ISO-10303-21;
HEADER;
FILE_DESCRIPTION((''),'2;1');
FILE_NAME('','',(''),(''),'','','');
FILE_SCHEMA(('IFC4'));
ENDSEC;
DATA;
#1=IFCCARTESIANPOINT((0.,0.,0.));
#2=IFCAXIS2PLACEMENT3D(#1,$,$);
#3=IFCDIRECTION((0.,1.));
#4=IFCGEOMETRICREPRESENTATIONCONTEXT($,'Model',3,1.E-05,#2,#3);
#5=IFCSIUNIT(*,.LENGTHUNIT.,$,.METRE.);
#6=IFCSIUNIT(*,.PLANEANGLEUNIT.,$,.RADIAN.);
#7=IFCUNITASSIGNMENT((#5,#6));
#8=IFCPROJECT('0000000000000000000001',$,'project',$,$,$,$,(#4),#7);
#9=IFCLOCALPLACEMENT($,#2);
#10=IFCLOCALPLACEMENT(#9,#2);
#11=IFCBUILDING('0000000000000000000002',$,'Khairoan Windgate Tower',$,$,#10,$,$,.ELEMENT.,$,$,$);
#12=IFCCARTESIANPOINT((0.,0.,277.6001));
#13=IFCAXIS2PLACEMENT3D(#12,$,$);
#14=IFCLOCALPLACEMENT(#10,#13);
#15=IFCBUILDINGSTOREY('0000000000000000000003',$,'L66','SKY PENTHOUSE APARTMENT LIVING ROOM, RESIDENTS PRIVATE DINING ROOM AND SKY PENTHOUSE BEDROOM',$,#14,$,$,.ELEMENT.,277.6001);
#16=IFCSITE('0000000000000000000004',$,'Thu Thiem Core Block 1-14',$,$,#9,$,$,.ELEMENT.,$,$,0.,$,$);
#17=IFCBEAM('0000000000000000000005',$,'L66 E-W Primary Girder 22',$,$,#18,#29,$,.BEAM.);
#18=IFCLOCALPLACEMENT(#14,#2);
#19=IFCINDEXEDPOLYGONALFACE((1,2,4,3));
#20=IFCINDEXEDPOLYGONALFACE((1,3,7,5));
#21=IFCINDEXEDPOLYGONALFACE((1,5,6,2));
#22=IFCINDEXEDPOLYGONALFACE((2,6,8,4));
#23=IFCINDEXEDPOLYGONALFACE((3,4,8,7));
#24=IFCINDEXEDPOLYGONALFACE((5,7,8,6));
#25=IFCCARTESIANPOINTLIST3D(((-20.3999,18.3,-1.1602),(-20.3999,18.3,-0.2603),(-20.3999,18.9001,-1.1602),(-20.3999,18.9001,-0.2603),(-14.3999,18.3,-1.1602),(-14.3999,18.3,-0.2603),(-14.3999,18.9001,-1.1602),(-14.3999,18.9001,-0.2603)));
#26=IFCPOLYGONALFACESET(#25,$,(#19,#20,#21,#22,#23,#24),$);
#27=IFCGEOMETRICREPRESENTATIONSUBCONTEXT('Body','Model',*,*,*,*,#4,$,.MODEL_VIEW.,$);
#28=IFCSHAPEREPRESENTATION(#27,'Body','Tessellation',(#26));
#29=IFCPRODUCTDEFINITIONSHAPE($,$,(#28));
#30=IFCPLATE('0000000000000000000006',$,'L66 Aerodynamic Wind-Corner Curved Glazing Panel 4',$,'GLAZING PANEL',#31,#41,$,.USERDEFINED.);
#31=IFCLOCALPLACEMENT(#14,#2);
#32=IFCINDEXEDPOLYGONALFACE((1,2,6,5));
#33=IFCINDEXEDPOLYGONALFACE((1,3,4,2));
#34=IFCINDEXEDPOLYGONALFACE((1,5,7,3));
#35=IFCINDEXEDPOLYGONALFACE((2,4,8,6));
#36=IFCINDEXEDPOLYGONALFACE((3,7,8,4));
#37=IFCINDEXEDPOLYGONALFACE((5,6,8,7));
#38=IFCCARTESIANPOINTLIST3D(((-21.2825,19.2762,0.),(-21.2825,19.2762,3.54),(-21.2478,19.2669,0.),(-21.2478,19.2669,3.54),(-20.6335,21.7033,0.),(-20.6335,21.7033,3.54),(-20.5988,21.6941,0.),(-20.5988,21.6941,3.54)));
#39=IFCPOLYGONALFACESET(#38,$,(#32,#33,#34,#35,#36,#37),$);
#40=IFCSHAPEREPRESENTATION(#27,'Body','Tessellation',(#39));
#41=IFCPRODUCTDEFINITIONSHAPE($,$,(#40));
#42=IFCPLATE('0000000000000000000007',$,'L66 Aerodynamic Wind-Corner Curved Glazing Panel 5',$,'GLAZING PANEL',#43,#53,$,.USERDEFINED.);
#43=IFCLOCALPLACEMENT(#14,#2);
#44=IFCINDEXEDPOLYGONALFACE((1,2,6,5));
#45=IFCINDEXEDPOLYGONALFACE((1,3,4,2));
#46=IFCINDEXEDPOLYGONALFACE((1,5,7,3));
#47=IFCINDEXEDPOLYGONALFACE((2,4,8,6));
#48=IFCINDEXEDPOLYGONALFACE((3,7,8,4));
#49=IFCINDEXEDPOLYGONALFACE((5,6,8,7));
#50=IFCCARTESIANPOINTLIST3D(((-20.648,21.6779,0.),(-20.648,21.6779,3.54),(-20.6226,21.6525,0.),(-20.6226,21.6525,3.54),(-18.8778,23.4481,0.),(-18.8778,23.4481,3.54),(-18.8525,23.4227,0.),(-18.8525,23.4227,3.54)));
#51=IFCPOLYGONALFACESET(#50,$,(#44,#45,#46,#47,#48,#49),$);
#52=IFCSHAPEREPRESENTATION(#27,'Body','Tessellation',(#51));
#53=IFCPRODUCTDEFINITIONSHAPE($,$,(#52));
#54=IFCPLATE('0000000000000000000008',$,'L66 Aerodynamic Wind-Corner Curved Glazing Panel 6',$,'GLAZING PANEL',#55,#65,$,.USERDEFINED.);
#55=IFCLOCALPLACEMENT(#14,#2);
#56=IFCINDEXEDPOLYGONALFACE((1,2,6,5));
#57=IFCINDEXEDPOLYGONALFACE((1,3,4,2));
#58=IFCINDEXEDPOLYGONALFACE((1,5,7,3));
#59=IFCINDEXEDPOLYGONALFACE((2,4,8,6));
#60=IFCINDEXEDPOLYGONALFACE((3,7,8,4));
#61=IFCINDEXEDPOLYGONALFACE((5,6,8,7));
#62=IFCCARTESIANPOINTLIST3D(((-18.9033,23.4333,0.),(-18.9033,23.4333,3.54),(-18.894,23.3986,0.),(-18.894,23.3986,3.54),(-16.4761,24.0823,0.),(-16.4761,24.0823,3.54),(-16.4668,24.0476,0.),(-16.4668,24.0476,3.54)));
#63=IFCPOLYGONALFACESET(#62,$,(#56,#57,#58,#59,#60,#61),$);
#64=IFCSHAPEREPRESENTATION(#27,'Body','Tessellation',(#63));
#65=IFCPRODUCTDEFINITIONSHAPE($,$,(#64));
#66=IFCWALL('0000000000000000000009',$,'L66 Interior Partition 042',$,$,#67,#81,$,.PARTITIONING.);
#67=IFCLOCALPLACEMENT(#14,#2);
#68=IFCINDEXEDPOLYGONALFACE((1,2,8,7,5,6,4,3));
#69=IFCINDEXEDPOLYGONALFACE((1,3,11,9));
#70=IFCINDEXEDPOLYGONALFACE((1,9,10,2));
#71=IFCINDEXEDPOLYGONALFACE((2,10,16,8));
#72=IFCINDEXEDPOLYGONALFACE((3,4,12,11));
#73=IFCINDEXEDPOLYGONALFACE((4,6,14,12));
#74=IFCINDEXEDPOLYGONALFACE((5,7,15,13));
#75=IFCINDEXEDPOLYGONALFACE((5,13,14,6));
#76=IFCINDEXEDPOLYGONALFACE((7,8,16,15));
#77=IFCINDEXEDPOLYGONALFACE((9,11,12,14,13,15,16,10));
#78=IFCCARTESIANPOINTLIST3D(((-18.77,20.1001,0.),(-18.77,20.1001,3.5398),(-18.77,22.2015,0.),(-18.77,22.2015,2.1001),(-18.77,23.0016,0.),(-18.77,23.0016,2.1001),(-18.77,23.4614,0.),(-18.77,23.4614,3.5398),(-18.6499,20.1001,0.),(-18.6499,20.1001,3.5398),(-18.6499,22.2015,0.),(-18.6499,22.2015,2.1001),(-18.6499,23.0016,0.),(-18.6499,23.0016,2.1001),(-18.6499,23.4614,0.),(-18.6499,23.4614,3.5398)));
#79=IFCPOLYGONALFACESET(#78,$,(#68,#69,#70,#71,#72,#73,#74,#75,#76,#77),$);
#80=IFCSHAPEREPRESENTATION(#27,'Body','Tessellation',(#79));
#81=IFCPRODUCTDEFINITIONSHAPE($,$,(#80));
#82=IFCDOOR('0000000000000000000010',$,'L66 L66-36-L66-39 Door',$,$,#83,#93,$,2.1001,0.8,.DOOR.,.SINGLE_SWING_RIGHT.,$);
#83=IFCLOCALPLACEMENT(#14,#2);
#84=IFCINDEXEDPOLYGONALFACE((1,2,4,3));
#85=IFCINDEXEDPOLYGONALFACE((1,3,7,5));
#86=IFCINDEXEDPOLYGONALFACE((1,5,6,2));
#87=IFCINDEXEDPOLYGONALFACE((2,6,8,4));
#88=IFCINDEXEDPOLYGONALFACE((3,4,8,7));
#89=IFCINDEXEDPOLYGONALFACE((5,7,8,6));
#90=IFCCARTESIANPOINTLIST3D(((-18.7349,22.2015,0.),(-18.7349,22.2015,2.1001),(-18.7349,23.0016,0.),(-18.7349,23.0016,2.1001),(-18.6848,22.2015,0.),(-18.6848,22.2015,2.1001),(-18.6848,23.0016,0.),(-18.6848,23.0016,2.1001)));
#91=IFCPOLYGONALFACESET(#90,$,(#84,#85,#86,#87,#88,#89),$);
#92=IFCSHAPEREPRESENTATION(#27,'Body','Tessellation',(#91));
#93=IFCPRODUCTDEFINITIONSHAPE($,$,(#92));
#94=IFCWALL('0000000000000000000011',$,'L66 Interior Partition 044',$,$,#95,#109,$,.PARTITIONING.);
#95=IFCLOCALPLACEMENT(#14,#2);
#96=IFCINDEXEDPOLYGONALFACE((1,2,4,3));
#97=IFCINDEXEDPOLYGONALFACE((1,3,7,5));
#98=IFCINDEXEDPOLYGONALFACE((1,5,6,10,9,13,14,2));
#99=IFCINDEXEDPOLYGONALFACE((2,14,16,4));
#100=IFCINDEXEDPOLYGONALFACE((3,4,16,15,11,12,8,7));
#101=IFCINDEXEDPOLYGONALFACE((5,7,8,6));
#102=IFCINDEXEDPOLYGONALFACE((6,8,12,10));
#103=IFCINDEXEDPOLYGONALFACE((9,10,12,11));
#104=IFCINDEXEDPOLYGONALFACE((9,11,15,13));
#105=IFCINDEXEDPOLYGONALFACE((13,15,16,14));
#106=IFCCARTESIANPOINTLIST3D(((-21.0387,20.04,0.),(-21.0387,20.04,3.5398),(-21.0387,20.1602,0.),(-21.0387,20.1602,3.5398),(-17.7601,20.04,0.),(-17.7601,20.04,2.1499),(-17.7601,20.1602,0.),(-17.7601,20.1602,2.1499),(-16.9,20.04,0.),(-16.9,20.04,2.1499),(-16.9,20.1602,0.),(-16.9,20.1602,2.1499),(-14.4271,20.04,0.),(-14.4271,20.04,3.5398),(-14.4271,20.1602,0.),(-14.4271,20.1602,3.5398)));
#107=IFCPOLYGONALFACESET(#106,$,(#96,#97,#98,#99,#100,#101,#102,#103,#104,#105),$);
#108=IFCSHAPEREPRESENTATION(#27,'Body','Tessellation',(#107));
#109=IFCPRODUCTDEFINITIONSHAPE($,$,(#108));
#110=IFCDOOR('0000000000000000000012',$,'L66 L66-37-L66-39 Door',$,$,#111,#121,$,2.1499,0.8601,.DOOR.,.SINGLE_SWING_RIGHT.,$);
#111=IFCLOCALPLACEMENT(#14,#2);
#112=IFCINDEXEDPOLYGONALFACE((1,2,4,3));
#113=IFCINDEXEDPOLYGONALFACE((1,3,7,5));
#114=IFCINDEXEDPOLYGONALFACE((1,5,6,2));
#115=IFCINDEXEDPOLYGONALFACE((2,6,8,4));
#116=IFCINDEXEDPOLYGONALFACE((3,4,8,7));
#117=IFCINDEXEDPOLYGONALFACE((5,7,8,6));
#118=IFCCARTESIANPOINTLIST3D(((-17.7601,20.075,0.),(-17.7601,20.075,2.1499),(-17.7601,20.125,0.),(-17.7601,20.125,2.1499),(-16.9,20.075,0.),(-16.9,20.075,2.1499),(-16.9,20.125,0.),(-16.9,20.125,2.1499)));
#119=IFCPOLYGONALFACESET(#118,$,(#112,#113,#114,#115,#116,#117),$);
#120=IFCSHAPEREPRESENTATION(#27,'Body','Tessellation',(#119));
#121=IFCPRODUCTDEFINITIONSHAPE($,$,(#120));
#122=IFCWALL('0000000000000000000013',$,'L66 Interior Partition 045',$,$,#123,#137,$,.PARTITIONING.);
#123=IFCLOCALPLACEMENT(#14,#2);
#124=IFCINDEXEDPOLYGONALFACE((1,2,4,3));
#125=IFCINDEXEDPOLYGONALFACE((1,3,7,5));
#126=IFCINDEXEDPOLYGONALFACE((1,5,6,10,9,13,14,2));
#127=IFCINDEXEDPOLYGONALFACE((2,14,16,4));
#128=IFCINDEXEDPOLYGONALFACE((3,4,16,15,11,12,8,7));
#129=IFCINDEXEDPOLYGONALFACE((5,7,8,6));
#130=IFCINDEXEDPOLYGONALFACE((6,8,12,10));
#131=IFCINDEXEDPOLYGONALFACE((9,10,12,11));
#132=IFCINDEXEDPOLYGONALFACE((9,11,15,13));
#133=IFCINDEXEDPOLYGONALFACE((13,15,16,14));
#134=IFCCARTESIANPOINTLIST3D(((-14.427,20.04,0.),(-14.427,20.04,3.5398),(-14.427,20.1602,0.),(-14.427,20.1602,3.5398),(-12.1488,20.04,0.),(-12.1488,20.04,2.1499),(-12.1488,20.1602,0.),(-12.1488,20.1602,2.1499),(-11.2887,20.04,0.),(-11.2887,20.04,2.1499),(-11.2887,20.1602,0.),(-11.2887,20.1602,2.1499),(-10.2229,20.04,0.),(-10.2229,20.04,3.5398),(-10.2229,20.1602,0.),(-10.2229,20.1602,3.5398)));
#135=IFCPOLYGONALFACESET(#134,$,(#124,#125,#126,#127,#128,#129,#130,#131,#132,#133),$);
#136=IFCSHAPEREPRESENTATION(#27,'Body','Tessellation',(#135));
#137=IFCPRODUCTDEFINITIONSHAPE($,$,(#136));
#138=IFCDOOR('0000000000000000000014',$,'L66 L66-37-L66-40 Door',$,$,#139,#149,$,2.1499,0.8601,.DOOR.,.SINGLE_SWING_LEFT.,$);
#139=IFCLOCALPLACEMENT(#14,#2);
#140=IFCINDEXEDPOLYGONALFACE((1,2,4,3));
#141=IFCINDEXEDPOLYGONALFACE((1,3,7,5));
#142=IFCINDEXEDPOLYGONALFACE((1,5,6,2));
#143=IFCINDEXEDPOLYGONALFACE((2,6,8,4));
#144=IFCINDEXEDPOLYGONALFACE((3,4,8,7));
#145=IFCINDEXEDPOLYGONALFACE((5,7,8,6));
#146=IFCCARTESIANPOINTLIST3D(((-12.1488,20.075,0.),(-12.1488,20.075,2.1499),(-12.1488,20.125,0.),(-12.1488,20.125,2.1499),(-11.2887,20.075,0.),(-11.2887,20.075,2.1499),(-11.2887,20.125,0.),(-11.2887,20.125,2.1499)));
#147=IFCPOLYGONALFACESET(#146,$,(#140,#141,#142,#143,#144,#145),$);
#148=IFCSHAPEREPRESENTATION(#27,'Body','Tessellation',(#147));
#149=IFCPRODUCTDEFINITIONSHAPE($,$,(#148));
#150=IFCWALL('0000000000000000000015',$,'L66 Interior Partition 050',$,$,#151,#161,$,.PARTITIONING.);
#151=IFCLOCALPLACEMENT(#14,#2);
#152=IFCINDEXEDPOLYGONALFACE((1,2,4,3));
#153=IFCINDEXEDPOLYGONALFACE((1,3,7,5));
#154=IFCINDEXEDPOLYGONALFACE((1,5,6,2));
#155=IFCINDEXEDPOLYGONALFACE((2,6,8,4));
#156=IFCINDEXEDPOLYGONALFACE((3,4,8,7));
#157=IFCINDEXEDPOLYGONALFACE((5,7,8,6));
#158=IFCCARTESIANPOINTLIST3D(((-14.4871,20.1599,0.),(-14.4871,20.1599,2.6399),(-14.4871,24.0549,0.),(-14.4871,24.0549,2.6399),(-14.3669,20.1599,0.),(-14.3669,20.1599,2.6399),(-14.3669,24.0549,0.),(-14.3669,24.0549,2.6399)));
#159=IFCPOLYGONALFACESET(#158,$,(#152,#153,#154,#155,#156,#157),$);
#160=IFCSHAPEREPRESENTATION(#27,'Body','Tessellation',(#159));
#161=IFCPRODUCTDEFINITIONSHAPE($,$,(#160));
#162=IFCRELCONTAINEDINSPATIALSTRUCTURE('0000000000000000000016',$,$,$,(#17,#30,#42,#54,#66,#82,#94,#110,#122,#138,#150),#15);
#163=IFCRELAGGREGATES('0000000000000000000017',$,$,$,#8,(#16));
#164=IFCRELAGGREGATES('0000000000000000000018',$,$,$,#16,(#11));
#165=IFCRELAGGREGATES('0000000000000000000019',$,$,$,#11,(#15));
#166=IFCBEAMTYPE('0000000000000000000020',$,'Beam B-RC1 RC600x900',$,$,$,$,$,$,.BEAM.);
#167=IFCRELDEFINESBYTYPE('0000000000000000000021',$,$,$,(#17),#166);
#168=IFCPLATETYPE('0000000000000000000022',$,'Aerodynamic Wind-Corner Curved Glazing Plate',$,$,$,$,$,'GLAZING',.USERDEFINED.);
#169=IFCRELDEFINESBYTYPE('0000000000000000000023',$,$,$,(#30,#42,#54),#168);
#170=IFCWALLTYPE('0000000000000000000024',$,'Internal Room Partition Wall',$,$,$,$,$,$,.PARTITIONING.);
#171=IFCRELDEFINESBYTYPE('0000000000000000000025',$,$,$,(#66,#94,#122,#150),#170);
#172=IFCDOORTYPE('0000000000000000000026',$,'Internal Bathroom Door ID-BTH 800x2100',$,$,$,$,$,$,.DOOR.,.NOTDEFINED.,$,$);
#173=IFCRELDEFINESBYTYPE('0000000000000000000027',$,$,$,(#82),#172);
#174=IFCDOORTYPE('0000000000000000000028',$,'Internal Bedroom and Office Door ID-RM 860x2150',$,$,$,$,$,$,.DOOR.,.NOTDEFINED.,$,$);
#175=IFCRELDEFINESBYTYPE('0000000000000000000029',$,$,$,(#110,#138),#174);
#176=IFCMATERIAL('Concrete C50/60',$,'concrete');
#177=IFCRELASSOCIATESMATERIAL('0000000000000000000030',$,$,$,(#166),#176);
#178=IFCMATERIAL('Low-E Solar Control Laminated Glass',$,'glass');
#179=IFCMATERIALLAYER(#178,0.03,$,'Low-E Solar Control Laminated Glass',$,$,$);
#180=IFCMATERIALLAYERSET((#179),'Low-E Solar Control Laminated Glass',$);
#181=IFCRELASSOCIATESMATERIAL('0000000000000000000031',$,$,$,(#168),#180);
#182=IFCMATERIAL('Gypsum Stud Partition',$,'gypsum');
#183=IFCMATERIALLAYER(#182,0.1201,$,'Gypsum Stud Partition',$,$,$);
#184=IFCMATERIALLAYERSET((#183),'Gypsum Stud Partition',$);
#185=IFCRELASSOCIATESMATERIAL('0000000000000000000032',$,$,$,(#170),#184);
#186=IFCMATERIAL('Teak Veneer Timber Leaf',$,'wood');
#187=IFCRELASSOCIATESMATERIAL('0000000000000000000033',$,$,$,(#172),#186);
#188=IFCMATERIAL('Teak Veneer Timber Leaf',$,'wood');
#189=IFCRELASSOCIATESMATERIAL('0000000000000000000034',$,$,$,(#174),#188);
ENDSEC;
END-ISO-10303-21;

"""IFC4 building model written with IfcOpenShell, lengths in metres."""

from ifc_helpers import new_model, si_unit, direction, frame, frame_2d, origin, origin_2d, place, context, subcontext, project, spatial, rectangle, extrude, material, layer, layer_set, material_profile, profile_set, type_object, element, fill, save


model = new_model("IFC4")

# Units and contexts
model_context = context("Model", 3, precision=1e-05, world=origin(), true_north=direction((0.0, 1.0)))
body_context = subcontext(model_context, "Body", "Model", "MODEL_VIEW")
ifc_project = project(units=[si_unit("LENGTHUNIT", "METRE"), si_unit("PLANEANGLEUNIT", "RADIAN")], contexts=[model_context])

# Site, building, storey
site_placement = place(None, origin())
site = spatial("IfcSite", under=ifc_project, at=site_placement, Name="Thu Thiem Core Block 1-14", CompositionType="ELEMENT", RefElevation=0.0)
building_placement = place(site_placement, origin())
building = spatial("IfcBuilding", under=site, at=building_placement, Name="Khairoan Windgate Tower", CompositionType="ELEMENT")
storey_placement = place(building_placement, frame((0.0, 0.0, 277.6001)))
storey = spatial("IfcBuildingStorey", under=building, at=storey_placement, Name="L66", Description="SKY PENTHOUSE APARTMENT LIVING ROOM, RESIDENTS PRIVATE DINING ROOM AND SKY PENTHOUSE BEDROOM", CompositionType="ELEMENT", Elevation=277.6001)

# Beam
ifc_material_1 = material(Name="Concrete C50/60", Category="concrete")
ifc_material_profile_1 = material_profile(ifc_material_1, rectangle(XDim=0.6001, YDim=0.8999, at=origin_2d()))
ifc_profile_set_1 = profile_set([ifc_material_profile_1], Name="Concrete C50/60")
beam_type = type_object("IfcBeamType", Name="Beam B-RC1 RC600x900", PredefinedType="BEAM", material=ifc_profile_set_1)
beam_placement = place(storey_placement, frame((-20.3999, 18.6001, -0.7102), z_axis=(1.0, 0.0, 0.0), x_axis=(0.0, 1.0, 0.0)))
element("IfcBeam", 1, at=beam_placement, inside=storey, type_object=beam_type, Name="L66 E-W Primary Girder 22", PredefinedType="BEAM", context=body_context, shape_type="SweptSolid", body=[
    extrude(rectangle(XDim=0.6001, YDim=0.8999, at=origin_2d()), origin(), (0.0, 0.0, 1.0), 6.0),
])

# Plates
ifc_material_2 = material(Name="Low-E Solar Control Laminated Glass", Category="glass")
ifc_layer_1 = layer(ifc_material_2, 0.03, Name="Low-E Solar Control Laminated Glass")
ifc_layer_set_1 = layer_set([ifc_layer_1], Name="Low-E Solar Control Laminated Glass")
plate_type_1 = type_object("IfcPlateType", Name="Aerodynamic Wind-Corner Curved Glazing Plate", ElementType="GLAZING", PredefinedType="USERDEFINED", material=ifc_layer_set_1)
plate_1_placement = place(storey_placement, frame((-20.9407, 20.4851, 0.0), z_axis=(0.0, 0.0, 1.0), x_axis=(0.258313, 0.966061, 0.0)))
element("IfcPlate", 2, at=plate_1_placement, inside=storey, type_object=plate_type_1, Name="L66 Aerodynamic Wind-Corner Curved Glazing Panel 4", ObjectType="GLAZING PANEL", PredefinedType="USERDEFINED", context=body_context, shape_type="SweptSolid", body=[
    extrude(rectangle(XDim=2.5125, YDim=0.0359, at=origin_2d()), origin(), (0.0, 0.0, 1.0), 3.54),
])
plate_2_placement = place(storey_placement, frame((-19.7502, 22.5503, 0.0), z_axis=(0.0, 0.0, 1.0), x_axis=(0.707107, 0.707107, 0.0)))
element("IfcPlate", 3, at=plate_2_placement, inside=storey, type_object=plate_type_1, Name="L66 Aerodynamic Wind-Corner Curved Glazing Panel 5", ObjectType="GLAZING PANEL", PredefinedType="USERDEFINED", context=body_context, shape_type="SweptSolid", body=[
    extrude(rectangle(XDim=2.5034, YDim=0.0359, at=origin_2d()), origin(), (0.0, 0.0, 1.0), 3.54),
])
plate_3_placement = place(storey_placement, frame((-17.6851, 23.7405, 0.0), z_axis=(0.0, 0.0, 1.0), x_axis=(0.966061, 0.258313, 0.0)))
element("IfcPlate", 4, at=plate_3_placement, inside=storey, type_object=plate_type_1, Name="L66 Aerodynamic Wind-Corner Curved Glazing Panel 6", ObjectType="GLAZING PANEL", PredefinedType="USERDEFINED", context=body_context, shape_type="SweptSolid", body=[
    extrude(rectangle(XDim=2.5125, YDim=0.0359, at=origin_2d()), origin(), (0.0, 0.0, 1.0), 3.54),
])

# Walls, openings, doors
ifc_material_3 = material(Name="Gypsum Stud Partition", Category="gypsum")
ifc_layer_2 = layer(ifc_material_3, 0.1201, Name="Gypsum Stud Partition")
ifc_layer_set_2 = layer_set([ifc_layer_2], Name="Gypsum Stud Partition")
wall_type = type_object("IfcWallType", Name="Internal Room Partition Wall", PredefinedType="PARTITIONING", material=ifc_layer_set_2)
wall_1_placement = place(storey_placement, frame((-18.71, 20.1001, 0.0), z_axis=(0.0, 0.0, 1.0), x_axis=(0.0, 1.0, 0.0)))
wall_1 = element("IfcWall", 5, at=wall_1_placement, inside=storey, type_object=wall_type, Name="L66 Interior Partition 042", PredefinedType="PARTITIONING", context=body_context, shape_type="SweptSolid", body=[
    extrude(rectangle(XDim=3.3613, YDim=0.1201, at=frame_2d((1.6807, 0.0))), origin(), (0.0, 0.0, 1.0), 3.5398),
])
opening_1_placement = place(wall_1_placement, frame((2.1016, 0.0, 0.0)))
opening_1 = element("IfcOpeningElement", 6, at=opening_1_placement, cuts=wall_1, PredefinedType="OPENING", context=body_context, shape_type="SweptSolid", body=[
    extrude(rectangle(XDim=0.8, YDim=2.1001, at=frame_2d((0.3999, 1.05))), frame((0.0, 0.0701, 0.0), z_axis=(0.0, -1.0, 0.0), x_axis=(1.0, 0.0, 0.0)), (0.0, 0.0, 1.0), 0.1401),
])
ifc_material_4 = material(Name="Teak Veneer Timber Leaf", Category="wood")
door_type_1 = type_object("IfcDoorType", Name="Internal Bathroom Door ID-BTH 800x2100", OperationType="NOTDEFINED", PredefinedType="DOOR", material=ifc_material_4)
door_1_placement = place(opening_1_placement, origin())
door_1 = element("IfcDoor", 7, at=door_1_placement, inside=storey, type_object=door_type_1, Name="L66 L66-36-L66-39 Door", OperationType="SINGLE_SWING_RIGHT", OverallHeight=2.1001, OverallWidth=0.8, PredefinedType="DOOR", context=body_context, shape_type="SweptSolid", body=[
    extrude(rectangle(XDim=0.8, YDim=2.1001, at=frame_2d((0.3999, 1.05))), frame((0.0, 0.0249, 0.0), z_axis=(0.0, -1.0, 0.0), x_axis=(1.0, 0.0, 0.0)), (0.0, 0.0, 1.0), 0.05),
])
fill(opening_1, door_1)
wall_2_placement = place(storey_placement, frame((-21.0386, 20.1001, 0.0), z_axis=(0.0, 0.0, 1.0), x_axis=(1.0, 0.0, 0.0)))
wall_2 = element("IfcWall", 8, at=wall_2_placement, inside=storey, type_object=wall_type, Name="L66 Interior Partition 044", PredefinedType="PARTITIONING", context=body_context, shape_type="SweptSolid", body=[
    extrude(rectangle(XDim=6.6116, YDim=0.1201, at=frame_2d((3.3057, 0.0))), origin(), (0.0, 0.0, 1.0), 3.5398),
])
opening_2_placement = place(wall_2_placement, frame((3.2783, 0.0, 0.0)))
opening_2 = element("IfcOpeningElement", 9, at=opening_2_placement, cuts=wall_2, PredefinedType="OPENING", context=body_context, shape_type="SweptSolid", body=[
    extrude(rectangle(XDim=0.8601, YDim=2.1499, at=frame_2d((0.4302, 1.075))), frame((0.0, 0.0701, 0.0), z_axis=(0.0, -1.0, 0.0), x_axis=(1.0, 0.0, 0.0)), (0.0, 0.0, 1.0), 0.1401),
])
ifc_material_5 = material(Name="Teak Veneer Timber Leaf", Category="wood")
door_type_2 = type_object("IfcDoorType", Name="Internal Bedroom and Office Door ID-RM 860x2150", OperationType="NOTDEFINED", PredefinedType="DOOR", material=ifc_material_5)
door_2_placement = place(opening_2_placement, origin())
door_2 = element("IfcDoor", 10, at=door_2_placement, inside=storey, type_object=door_type_2, Name="L66 L66-37-L66-39 Door", OperationType="SINGLE_SWING_RIGHT", OverallHeight=2.1499, OverallWidth=0.8601, PredefinedType="DOOR", context=body_context, shape_type="SweptSolid", body=[
    extrude(rectangle(XDim=0.8601, YDim=2.1499, at=frame_2d((0.4302, 1.075))), frame((0.0, 0.0249, 0.0), z_axis=(0.0, -1.0, 0.0), x_axis=(1.0, 0.0, 0.0)), (0.0, 0.0, 1.0), 0.05),
])
fill(opening_2, door_2)
wall_3_placement = place(storey_placement, frame((-14.427, 20.1001, 0.0), z_axis=(0.0, 0.0, 1.0), x_axis=(1.0, 0.0, 0.0)))
wall_3 = element("IfcWall", 11, at=wall_3_placement, inside=storey, type_object=wall_type, Name="L66 Interior Partition 045", PredefinedType="PARTITIONING", context=body_context, shape_type="SweptSolid", body=[
    extrude(rectangle(XDim=4.2041, YDim=0.1201, at=frame_2d((2.1021, 0.0))), origin(), (0.0, 0.0, 1.0), 3.5398),
])
opening_3_placement = place(wall_3_placement, frame((2.2781, 0.0, 0.0)))
opening_3 = element("IfcOpeningElement", 12, at=opening_3_placement, cuts=wall_3, PredefinedType="OPENING", context=body_context, shape_type="SweptSolid", body=[
    extrude(rectangle(XDim=0.8601, YDim=2.1499, at=frame_2d((0.4302, 1.075))), frame((0.0, 0.0701, 0.0), z_axis=(0.0, -1.0, 0.0), x_axis=(1.0, 0.0, 0.0)), (0.0, 0.0, 1.0), 0.1401),
])
door_3_placement = place(opening_3_placement, origin())
door_3 = element("IfcDoor", 13, at=door_3_placement, inside=storey, type_object=door_type_2, Name="L66 L66-37-L66-40 Door", OperationType="SINGLE_SWING_LEFT", OverallHeight=2.1499, OverallWidth=0.8601, PredefinedType="DOOR", context=body_context, shape_type="SweptSolid", body=[
    extrude(rectangle(XDim=0.8601, YDim=2.1499, at=frame_2d((0.4302, 1.075))), frame((0.0, 0.0249, 0.0), z_axis=(0.0, -1.0, 0.0), x_axis=(1.0, 0.0, 0.0)), (0.0, 0.0, 1.0), 0.05),
])
fill(opening_3, door_3)

# Wall
wall_4_placement = place(storey_placement, frame((-14.427, 20.1599, 0.0), z_axis=(0.0, 0.0, 1.0), x_axis=(0.0, 1.0, 0.0)))
element("IfcWall", 14, at=wall_4_placement, inside=storey, type_object=wall_type, Name="L66 Interior Partition 050", PredefinedType="PARTITIONING", context=body_context, shape_type="SweptSolid", body=[
    extrude(rectangle(XDim=3.895, YDim=0.1201, at=frame_2d((1.9475, 0.0))), origin(), (0.0, 0.0, 1.0), 2.6399),
])

save(model, "model.ifc")
